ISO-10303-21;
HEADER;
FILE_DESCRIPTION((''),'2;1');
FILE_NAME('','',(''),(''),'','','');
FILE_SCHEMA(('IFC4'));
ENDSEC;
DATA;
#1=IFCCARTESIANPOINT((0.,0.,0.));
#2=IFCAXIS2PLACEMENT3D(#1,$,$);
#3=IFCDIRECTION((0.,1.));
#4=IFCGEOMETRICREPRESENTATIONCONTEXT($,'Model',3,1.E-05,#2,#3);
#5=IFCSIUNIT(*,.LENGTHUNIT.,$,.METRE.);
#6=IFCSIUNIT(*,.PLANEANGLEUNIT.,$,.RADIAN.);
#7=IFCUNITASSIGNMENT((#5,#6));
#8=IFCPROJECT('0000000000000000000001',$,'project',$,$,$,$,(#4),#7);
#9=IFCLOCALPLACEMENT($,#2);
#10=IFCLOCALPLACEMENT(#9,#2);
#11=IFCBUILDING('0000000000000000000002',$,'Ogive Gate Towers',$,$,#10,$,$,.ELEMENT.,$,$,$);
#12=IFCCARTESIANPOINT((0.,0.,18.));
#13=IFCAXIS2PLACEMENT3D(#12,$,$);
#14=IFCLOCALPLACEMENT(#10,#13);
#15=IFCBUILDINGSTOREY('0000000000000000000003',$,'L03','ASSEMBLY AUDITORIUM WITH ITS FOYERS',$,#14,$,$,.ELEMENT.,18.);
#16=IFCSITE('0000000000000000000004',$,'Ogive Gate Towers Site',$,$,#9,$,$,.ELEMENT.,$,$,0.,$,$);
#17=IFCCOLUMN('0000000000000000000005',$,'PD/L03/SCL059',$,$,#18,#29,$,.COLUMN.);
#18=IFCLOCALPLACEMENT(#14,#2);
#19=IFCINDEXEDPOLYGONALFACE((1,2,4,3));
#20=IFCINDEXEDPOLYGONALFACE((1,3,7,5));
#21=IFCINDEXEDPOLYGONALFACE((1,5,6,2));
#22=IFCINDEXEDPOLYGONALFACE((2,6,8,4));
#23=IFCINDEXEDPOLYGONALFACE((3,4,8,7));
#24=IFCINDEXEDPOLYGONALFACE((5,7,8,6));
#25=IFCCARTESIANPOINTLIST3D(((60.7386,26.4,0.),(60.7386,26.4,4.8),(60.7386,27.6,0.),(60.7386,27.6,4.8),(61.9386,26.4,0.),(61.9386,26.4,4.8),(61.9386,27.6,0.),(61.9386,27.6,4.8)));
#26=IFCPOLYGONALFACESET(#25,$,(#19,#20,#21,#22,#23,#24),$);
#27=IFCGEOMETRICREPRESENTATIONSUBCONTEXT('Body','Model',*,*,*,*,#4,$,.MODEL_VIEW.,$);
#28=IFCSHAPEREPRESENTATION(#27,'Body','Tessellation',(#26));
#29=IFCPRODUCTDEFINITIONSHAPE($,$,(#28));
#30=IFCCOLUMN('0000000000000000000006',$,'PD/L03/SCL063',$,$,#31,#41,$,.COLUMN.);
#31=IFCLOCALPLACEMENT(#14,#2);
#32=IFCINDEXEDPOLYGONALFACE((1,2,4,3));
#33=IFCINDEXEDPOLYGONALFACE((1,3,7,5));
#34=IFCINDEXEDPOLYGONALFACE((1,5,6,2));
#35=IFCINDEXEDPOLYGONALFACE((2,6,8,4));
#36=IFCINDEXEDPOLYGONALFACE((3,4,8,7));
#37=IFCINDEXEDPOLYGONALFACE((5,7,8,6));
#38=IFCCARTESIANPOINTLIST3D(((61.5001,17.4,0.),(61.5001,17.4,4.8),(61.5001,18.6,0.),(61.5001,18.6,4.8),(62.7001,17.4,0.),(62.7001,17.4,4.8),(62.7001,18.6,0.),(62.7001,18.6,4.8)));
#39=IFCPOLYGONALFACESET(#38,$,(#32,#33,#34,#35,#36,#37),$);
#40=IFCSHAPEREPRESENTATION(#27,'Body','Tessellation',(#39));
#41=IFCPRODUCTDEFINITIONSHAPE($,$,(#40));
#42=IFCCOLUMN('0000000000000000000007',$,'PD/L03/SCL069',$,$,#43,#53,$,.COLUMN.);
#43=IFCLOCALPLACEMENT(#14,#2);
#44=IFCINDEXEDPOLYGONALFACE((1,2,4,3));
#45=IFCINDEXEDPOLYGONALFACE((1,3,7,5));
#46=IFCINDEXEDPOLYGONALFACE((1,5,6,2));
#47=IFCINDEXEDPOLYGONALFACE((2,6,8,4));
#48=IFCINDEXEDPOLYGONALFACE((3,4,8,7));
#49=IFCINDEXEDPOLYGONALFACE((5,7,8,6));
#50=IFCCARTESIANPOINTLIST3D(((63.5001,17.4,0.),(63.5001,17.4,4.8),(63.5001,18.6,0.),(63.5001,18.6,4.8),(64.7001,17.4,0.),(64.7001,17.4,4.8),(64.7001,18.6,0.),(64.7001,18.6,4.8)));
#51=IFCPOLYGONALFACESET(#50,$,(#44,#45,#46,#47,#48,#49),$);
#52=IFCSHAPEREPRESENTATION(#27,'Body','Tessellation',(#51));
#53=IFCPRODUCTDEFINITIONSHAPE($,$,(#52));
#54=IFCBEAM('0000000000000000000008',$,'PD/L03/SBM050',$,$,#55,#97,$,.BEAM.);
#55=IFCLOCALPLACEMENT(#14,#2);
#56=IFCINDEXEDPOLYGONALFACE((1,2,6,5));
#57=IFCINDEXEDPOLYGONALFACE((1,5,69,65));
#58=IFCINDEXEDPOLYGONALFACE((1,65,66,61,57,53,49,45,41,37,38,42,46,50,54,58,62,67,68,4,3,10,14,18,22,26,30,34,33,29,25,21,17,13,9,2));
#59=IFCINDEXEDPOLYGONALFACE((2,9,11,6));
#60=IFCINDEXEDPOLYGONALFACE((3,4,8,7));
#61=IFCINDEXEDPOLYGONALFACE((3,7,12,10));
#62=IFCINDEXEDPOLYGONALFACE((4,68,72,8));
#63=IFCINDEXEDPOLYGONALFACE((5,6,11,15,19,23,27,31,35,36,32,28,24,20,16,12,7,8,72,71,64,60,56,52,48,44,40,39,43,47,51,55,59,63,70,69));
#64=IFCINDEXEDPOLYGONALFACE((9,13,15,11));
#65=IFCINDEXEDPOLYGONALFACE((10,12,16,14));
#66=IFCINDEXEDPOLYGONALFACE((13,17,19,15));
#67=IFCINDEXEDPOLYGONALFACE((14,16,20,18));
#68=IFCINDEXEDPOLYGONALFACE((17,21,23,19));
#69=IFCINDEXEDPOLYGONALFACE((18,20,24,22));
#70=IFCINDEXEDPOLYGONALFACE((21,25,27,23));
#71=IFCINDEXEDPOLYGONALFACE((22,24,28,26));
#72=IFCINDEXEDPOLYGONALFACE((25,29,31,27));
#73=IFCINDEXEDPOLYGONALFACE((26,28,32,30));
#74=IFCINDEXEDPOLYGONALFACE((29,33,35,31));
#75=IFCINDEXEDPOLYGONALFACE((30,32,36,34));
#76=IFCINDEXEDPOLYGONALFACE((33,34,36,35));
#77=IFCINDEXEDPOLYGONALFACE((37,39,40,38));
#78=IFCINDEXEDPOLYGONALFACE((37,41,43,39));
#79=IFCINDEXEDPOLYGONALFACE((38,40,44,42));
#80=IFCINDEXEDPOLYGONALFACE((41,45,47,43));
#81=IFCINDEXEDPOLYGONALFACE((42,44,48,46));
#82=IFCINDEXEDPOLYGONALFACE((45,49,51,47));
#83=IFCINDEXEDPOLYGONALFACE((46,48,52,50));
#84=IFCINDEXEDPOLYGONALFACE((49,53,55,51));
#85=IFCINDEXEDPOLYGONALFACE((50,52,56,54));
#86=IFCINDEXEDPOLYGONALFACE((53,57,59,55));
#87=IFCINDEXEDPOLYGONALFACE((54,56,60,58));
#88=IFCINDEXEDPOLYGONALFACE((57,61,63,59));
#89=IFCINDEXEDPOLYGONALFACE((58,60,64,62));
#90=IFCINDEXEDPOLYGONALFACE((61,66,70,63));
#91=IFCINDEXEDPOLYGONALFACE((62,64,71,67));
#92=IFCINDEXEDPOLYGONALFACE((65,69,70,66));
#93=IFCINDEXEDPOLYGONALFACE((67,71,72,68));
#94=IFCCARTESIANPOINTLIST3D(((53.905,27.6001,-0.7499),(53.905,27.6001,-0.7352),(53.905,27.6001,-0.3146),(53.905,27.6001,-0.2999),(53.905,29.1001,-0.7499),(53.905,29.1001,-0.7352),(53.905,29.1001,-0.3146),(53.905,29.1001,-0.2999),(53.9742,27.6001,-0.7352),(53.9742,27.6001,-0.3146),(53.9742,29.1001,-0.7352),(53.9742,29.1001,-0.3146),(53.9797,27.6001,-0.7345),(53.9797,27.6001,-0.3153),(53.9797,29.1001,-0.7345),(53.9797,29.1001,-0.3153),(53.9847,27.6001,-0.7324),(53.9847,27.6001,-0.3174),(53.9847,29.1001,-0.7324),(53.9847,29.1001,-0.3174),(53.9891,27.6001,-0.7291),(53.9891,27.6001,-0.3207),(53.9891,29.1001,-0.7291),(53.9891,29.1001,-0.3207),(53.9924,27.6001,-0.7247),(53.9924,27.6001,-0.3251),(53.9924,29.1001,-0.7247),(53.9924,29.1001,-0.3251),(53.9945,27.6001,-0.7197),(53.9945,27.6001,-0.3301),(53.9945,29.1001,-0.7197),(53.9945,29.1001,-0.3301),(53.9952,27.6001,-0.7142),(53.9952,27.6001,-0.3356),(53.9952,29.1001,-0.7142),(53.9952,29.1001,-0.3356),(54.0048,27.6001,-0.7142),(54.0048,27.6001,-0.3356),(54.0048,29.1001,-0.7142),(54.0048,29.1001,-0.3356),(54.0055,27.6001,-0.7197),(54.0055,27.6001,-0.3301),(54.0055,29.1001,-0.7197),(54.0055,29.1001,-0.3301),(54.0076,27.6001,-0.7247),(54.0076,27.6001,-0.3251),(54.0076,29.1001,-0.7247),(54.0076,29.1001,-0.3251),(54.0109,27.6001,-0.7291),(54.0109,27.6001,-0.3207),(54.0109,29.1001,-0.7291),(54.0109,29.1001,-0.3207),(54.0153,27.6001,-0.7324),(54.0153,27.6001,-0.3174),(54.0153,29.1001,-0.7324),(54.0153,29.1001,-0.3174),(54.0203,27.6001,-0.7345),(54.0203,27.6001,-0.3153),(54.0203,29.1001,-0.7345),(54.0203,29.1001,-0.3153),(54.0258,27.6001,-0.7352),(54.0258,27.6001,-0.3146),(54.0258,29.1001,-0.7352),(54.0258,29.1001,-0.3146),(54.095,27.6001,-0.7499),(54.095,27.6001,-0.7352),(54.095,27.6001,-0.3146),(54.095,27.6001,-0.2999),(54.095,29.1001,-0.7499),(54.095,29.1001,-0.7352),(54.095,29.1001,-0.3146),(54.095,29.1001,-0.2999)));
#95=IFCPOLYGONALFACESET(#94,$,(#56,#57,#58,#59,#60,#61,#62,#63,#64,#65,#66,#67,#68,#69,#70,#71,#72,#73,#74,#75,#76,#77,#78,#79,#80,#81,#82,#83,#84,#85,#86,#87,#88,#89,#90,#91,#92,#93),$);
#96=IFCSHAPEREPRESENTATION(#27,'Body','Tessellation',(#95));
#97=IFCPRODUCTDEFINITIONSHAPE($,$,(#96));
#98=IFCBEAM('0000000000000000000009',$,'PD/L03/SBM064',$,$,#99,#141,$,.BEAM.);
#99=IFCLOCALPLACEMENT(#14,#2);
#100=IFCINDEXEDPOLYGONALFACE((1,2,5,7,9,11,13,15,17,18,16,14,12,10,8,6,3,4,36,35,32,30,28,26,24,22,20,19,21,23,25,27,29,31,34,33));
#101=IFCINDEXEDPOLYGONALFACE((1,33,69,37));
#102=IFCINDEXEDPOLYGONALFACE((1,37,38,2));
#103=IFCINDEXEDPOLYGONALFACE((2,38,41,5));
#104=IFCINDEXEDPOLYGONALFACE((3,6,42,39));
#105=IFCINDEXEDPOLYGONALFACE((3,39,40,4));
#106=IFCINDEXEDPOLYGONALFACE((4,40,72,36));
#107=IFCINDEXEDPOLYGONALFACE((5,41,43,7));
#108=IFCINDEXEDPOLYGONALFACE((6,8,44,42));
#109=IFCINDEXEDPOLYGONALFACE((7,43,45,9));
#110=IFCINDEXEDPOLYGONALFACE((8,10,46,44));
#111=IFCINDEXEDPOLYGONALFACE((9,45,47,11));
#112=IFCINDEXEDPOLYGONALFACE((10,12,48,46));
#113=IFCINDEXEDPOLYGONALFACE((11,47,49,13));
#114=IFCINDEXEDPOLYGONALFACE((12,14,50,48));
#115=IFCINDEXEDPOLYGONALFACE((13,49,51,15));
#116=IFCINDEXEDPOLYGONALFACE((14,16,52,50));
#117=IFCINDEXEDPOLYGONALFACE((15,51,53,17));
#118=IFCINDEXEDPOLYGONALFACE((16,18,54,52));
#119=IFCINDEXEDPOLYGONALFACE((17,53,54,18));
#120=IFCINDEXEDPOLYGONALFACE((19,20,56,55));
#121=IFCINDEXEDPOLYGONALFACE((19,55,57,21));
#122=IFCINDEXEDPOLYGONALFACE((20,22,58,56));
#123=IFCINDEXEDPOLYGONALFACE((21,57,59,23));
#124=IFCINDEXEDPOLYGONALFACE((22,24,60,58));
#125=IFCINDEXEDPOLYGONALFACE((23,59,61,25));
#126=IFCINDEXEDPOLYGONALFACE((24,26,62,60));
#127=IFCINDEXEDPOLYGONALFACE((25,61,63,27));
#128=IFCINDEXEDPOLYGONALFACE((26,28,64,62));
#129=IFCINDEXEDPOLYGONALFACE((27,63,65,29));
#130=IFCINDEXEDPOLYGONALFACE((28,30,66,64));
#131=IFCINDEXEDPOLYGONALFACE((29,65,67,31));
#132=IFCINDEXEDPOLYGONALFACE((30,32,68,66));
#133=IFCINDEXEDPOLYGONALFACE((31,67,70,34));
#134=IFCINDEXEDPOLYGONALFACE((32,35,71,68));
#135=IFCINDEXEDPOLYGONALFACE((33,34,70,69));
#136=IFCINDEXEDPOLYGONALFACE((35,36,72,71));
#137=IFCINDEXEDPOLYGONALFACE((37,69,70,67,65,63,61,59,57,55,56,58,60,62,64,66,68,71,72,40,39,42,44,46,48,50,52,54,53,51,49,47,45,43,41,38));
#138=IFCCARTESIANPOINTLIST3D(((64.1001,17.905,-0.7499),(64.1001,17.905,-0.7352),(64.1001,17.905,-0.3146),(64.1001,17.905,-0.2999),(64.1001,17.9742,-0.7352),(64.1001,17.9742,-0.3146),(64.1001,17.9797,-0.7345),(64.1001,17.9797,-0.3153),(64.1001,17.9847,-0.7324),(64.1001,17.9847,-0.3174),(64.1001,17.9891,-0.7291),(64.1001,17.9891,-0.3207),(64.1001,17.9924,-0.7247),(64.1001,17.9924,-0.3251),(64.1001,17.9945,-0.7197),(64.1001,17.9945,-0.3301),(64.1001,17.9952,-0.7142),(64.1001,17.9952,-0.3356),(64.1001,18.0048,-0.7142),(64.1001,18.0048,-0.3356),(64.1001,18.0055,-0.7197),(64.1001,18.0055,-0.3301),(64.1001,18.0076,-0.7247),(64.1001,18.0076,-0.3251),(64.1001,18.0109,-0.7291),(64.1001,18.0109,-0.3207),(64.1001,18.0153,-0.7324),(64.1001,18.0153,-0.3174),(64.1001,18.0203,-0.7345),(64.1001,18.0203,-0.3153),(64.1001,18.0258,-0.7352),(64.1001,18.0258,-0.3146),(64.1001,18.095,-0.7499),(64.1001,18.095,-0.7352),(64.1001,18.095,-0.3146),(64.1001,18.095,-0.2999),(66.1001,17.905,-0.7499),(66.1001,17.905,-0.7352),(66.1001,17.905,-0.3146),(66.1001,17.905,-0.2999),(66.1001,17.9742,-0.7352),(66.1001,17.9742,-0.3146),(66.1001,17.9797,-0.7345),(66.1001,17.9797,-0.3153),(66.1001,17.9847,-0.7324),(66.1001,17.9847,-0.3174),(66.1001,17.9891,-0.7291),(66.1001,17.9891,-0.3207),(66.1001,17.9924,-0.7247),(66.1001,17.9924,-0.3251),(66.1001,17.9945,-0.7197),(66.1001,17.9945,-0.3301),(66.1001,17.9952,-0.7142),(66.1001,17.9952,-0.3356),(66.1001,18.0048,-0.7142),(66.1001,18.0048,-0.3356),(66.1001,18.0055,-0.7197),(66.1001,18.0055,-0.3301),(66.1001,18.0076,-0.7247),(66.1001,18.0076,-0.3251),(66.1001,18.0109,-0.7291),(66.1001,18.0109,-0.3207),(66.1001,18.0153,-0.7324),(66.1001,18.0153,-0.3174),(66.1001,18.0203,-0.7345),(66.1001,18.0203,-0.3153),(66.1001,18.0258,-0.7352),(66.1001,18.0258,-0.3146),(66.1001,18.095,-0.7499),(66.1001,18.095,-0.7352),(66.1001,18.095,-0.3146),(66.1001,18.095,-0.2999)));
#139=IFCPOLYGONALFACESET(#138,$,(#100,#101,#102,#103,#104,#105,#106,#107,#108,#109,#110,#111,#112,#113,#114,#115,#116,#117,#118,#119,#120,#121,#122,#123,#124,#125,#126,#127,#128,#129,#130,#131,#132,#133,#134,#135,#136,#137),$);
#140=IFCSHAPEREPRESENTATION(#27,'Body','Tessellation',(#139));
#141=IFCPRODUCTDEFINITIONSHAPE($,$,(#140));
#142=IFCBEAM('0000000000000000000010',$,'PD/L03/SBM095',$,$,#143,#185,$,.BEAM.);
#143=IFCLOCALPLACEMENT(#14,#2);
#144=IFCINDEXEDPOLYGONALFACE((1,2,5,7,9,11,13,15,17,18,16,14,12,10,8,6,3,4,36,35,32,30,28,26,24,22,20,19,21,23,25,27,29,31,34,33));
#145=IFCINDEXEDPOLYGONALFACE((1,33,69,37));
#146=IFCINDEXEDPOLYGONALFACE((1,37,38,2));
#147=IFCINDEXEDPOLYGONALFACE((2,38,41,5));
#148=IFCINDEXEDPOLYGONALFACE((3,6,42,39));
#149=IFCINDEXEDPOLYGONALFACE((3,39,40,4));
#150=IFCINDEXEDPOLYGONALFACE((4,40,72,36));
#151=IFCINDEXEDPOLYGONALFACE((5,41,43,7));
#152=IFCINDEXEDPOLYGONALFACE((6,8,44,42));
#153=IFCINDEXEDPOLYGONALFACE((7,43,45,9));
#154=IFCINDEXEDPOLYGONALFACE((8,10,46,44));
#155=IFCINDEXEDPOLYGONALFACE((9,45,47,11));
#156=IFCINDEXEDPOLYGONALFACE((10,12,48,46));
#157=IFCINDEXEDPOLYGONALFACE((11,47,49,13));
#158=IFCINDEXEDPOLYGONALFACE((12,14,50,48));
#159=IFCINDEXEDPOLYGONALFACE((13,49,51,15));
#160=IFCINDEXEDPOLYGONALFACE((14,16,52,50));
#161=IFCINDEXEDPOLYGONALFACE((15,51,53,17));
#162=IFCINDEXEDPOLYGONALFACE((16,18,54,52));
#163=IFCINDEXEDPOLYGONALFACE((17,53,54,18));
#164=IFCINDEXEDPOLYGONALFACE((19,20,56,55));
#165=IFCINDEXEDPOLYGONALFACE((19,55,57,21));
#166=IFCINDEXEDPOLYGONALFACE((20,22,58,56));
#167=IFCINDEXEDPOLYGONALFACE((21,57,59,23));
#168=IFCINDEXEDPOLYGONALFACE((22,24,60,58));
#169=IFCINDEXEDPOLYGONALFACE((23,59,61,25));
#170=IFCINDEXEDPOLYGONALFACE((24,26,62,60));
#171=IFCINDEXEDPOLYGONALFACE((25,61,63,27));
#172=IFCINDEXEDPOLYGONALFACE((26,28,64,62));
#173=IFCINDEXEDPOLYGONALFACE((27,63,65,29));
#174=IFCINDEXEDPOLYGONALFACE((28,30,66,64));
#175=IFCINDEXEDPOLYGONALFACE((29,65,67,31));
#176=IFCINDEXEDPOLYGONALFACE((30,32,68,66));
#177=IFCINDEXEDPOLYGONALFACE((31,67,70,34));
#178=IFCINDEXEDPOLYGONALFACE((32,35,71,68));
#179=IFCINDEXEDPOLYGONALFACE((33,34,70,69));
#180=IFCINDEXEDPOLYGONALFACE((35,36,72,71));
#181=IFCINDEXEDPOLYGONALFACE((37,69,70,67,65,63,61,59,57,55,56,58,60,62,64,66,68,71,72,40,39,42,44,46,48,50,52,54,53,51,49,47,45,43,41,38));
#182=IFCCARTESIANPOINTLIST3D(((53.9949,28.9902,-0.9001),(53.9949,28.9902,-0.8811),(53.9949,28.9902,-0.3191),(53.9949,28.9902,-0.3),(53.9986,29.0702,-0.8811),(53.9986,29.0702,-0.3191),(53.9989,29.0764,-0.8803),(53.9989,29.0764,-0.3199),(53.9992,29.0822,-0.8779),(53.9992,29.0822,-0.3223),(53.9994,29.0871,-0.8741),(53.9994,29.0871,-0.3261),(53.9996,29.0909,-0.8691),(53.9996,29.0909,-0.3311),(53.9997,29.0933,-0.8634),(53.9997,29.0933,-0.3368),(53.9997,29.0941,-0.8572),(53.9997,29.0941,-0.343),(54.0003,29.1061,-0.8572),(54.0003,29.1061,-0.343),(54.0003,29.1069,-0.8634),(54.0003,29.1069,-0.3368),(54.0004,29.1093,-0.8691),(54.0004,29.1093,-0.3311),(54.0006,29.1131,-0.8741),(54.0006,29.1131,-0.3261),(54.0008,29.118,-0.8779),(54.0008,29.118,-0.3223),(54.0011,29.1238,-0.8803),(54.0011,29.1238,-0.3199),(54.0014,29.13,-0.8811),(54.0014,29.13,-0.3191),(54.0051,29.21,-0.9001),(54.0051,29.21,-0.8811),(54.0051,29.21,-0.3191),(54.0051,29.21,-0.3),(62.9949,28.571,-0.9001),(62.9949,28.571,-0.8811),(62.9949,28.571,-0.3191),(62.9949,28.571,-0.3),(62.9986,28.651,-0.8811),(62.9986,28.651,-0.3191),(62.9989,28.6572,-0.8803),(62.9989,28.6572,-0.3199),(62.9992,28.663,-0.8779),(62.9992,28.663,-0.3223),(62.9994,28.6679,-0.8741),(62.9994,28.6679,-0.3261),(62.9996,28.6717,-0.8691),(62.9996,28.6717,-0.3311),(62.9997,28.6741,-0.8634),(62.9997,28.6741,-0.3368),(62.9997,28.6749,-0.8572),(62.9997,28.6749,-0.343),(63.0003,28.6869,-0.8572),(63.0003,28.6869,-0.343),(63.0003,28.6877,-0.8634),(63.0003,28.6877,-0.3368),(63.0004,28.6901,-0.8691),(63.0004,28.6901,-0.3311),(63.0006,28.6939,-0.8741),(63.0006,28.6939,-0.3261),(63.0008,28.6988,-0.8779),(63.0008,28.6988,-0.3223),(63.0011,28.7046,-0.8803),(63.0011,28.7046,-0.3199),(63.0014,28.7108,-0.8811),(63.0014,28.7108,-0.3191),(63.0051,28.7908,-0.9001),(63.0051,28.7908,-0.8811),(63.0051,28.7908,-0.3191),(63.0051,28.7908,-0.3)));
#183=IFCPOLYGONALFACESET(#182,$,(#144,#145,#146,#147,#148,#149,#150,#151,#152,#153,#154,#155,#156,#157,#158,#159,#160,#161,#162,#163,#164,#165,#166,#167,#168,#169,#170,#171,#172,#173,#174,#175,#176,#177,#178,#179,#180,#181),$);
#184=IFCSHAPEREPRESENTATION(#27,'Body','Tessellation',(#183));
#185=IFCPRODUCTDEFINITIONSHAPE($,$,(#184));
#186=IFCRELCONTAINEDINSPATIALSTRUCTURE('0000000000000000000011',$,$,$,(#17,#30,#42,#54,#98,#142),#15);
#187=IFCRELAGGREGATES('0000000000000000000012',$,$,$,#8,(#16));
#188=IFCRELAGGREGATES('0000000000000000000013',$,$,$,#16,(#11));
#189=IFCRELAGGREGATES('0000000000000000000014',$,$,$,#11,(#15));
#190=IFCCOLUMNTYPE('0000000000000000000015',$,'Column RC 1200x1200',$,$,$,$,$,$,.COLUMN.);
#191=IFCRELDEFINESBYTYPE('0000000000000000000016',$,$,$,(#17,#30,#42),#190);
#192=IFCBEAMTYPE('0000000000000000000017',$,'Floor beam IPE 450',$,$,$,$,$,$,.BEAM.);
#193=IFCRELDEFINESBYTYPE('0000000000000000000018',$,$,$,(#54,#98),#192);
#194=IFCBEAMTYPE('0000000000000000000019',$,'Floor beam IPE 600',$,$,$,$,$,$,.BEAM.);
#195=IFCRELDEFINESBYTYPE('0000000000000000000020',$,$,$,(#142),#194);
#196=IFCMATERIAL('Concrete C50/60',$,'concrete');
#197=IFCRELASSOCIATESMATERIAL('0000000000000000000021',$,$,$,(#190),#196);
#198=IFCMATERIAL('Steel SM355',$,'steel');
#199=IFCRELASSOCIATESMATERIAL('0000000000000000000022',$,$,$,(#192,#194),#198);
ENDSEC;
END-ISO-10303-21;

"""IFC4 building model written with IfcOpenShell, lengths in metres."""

from ifc_helpers import new_model, si_unit, direction, frame, origin, origin_2d, place, context, subcontext, project, spatial, rectangle, i_section, extrude, material, material_profile, profile_set, type_object, element, save


model = new_model("IFC4")

# Units and contexts
model_context = context("Model", 3, precision=1e-05, world=origin(), true_north=direction((0.0, 1.0)))
body_context = subcontext(model_context, "Body", "Model", "MODEL_VIEW")
ifc_project = project(units=[si_unit("LENGTHUNIT", "METRE"), si_unit("PLANEANGLEUNIT", "RADIAN")], contexts=[model_context])

# Site, building, storey
site_placement = place(None, origin())
site = spatial("IfcSite", under=ifc_project, at=site_placement, Name="Ogive Gate Towers Site", CompositionType="ELEMENT", RefElevation=0.0)
building_placement = place(site_placement, origin())
building = spatial("IfcBuilding", under=site, at=building_placement, Name="Ogive Gate Towers", CompositionType="ELEMENT")
storey_placement = place(building_placement, frame((0.0, 0.0, 18.0)))
storey = spatial("IfcBuildingStorey", under=building, at=storey_placement, Name="L03", Description="ASSEMBLY AUDITORIUM WITH ITS FOYERS", CompositionType="ELEMENT", Elevation=18.0)

# Columns
ifc_material_1 = material(Name="Concrete C50/60", Category="concrete")
ifc_material_profile_1 = material_profile(ifc_material_1, rectangle(XDim=1.2, YDim=1.2, at=origin_2d()), Name="RC 1200x1200")
ifc_profile_set_1 = profile_set([ifc_material_profile_1], Name="Concrete C50/60")
column_type = type_object("IfcColumnType", Name="Column RC 1200x1200", PredefinedType="COLUMN", material=ifc_profile_set_1)
for number, where, z_axis, x_axis, name in (
    (1, (61.3386, 27.0, 0.0), (0.0, 0.0, 1.0), (1.0, 0.0, 0.0), "PD/L03/SCL059"),
    (2, (62.1001, 18.0, 0.0), (0.0, 0.0, 1.0), (1.0, 0.0, 0.0), "PD/L03/SCL063"),
    (3, (64.1001, 18.0, 0.0), (0.0, 0.0, 1.0), (1.0, 0.0, 0.0), "PD/L03/SCL069"),
):
    element("IfcColumn", number, at=place(storey_placement, frame(where, z_axis=z_axis, x_axis=x_axis)), inside=storey, type_object=column_type, Name=name, PredefinedType="COLUMN", context=body_context, shape_type="SweptSolid", body=[
        extrude(rectangle(XDim=1.2, YDim=1.2, at=origin_2d()), origin(), (0.0, 0.0, 1.0), 4.8),
    ])

# Beams
ifc_material_2 = material(Name="Steel SM355", Category="steel")
ifc_material_profile_2 = material_profile(ifc_material_2, i_section(OverallWidth=0.1899, OverallDepth=0.45, WebThickness=0.0095, FlangeThickness=0.0146, FilletRadius=0.021, at=origin_2d()), Name="IPE 450")
ifc_profile_set_2 = profile_set([ifc_material_profile_2], Name="Steel SM355")
beam_type_1 = type_object("IfcBeamType", Name="Floor beam IPE 450", PredefinedType="BEAM", material=ifc_profile_set_2)
beam_1_placement = place(storey_placement, frame((54.0, 27.6001, -0.5249), z_axis=(0.0, 1.0, 0.0), x_axis=(-1.0, 0.0, 0.0)))
element("IfcBeam", 4, at=beam_1_placement, inside=storey, type_object=beam_type_1, Name="PD/L03/SBM050", PredefinedType="BEAM", context=body_context, shape_type="SweptSolid", body=[
    extrude(i_section(OverallWidth=0.1899, OverallDepth=0.45, WebThickness=0.0095, FlangeThickness=0.0146, FilletRadius=0.021, at=origin_2d()), origin(), (0.0, 0.0, 1.0), 1.5),
])
beam_2_placement = place(storey_placement, frame((64.1001, 18.0, -0.5249), z_axis=(1.0, 0.0, 0.0), x_axis=(0.0, 1.0, 0.0)))
element("IfcBeam", 5, at=beam_2_placement, inside=storey, type_object=beam_type_1, Name="PD/L03/SBM064", PredefinedType="BEAM", context=body_context, shape_type="SweptSolid", body=[
    extrude(i_section(OverallWidth=0.1899, OverallDepth=0.45, WebThickness=0.0095, FlangeThickness=0.0146, FilletRadius=0.021, at=origin_2d()), origin(), (0.0, 0.0, 1.0), 2.0),
])
ifc_material_profile_3 = material_profile(ifc_material_2, i_section(OverallWidth=0.22, OverallDepth=0.6001, WebThickness=0.012, FlangeThickness=0.019, FilletRadius=0.0239, at=origin_2d()), Name="IPE 600")
ifc_profile_set_3 = profile_set([ifc_material_profile_3], Name="Steel SM355")
beam_type_2 = type_object("IfcBeamType", Name="Floor beam IPE 600", PredefinedType="BEAM", material=ifc_profile_set_3)
beam_3_placement = place(storey_placement, frame((54.0, 29.1001, -0.6001), z_axis=(0.998917, -0.046526, 0.0), x_axis=(0.046526, 0.998917, 0.0)))
element("IfcBeam", 6, at=beam_3_placement, inside=storey, type_object=beam_type_2, Name="PD/L03/SBM095", PredefinedType="BEAM", context=body_context, shape_type="SweptSolid", body=[
    extrude(i_section(OverallWidth=0.22, OverallDepth=0.6001, WebThickness=0.012, FlangeThickness=0.019, FilletRadius=0.0239, at=origin_2d()), origin(), (0.0, 0.0, 1.0), 9.0098),
])

save(model, "model.ifc")
